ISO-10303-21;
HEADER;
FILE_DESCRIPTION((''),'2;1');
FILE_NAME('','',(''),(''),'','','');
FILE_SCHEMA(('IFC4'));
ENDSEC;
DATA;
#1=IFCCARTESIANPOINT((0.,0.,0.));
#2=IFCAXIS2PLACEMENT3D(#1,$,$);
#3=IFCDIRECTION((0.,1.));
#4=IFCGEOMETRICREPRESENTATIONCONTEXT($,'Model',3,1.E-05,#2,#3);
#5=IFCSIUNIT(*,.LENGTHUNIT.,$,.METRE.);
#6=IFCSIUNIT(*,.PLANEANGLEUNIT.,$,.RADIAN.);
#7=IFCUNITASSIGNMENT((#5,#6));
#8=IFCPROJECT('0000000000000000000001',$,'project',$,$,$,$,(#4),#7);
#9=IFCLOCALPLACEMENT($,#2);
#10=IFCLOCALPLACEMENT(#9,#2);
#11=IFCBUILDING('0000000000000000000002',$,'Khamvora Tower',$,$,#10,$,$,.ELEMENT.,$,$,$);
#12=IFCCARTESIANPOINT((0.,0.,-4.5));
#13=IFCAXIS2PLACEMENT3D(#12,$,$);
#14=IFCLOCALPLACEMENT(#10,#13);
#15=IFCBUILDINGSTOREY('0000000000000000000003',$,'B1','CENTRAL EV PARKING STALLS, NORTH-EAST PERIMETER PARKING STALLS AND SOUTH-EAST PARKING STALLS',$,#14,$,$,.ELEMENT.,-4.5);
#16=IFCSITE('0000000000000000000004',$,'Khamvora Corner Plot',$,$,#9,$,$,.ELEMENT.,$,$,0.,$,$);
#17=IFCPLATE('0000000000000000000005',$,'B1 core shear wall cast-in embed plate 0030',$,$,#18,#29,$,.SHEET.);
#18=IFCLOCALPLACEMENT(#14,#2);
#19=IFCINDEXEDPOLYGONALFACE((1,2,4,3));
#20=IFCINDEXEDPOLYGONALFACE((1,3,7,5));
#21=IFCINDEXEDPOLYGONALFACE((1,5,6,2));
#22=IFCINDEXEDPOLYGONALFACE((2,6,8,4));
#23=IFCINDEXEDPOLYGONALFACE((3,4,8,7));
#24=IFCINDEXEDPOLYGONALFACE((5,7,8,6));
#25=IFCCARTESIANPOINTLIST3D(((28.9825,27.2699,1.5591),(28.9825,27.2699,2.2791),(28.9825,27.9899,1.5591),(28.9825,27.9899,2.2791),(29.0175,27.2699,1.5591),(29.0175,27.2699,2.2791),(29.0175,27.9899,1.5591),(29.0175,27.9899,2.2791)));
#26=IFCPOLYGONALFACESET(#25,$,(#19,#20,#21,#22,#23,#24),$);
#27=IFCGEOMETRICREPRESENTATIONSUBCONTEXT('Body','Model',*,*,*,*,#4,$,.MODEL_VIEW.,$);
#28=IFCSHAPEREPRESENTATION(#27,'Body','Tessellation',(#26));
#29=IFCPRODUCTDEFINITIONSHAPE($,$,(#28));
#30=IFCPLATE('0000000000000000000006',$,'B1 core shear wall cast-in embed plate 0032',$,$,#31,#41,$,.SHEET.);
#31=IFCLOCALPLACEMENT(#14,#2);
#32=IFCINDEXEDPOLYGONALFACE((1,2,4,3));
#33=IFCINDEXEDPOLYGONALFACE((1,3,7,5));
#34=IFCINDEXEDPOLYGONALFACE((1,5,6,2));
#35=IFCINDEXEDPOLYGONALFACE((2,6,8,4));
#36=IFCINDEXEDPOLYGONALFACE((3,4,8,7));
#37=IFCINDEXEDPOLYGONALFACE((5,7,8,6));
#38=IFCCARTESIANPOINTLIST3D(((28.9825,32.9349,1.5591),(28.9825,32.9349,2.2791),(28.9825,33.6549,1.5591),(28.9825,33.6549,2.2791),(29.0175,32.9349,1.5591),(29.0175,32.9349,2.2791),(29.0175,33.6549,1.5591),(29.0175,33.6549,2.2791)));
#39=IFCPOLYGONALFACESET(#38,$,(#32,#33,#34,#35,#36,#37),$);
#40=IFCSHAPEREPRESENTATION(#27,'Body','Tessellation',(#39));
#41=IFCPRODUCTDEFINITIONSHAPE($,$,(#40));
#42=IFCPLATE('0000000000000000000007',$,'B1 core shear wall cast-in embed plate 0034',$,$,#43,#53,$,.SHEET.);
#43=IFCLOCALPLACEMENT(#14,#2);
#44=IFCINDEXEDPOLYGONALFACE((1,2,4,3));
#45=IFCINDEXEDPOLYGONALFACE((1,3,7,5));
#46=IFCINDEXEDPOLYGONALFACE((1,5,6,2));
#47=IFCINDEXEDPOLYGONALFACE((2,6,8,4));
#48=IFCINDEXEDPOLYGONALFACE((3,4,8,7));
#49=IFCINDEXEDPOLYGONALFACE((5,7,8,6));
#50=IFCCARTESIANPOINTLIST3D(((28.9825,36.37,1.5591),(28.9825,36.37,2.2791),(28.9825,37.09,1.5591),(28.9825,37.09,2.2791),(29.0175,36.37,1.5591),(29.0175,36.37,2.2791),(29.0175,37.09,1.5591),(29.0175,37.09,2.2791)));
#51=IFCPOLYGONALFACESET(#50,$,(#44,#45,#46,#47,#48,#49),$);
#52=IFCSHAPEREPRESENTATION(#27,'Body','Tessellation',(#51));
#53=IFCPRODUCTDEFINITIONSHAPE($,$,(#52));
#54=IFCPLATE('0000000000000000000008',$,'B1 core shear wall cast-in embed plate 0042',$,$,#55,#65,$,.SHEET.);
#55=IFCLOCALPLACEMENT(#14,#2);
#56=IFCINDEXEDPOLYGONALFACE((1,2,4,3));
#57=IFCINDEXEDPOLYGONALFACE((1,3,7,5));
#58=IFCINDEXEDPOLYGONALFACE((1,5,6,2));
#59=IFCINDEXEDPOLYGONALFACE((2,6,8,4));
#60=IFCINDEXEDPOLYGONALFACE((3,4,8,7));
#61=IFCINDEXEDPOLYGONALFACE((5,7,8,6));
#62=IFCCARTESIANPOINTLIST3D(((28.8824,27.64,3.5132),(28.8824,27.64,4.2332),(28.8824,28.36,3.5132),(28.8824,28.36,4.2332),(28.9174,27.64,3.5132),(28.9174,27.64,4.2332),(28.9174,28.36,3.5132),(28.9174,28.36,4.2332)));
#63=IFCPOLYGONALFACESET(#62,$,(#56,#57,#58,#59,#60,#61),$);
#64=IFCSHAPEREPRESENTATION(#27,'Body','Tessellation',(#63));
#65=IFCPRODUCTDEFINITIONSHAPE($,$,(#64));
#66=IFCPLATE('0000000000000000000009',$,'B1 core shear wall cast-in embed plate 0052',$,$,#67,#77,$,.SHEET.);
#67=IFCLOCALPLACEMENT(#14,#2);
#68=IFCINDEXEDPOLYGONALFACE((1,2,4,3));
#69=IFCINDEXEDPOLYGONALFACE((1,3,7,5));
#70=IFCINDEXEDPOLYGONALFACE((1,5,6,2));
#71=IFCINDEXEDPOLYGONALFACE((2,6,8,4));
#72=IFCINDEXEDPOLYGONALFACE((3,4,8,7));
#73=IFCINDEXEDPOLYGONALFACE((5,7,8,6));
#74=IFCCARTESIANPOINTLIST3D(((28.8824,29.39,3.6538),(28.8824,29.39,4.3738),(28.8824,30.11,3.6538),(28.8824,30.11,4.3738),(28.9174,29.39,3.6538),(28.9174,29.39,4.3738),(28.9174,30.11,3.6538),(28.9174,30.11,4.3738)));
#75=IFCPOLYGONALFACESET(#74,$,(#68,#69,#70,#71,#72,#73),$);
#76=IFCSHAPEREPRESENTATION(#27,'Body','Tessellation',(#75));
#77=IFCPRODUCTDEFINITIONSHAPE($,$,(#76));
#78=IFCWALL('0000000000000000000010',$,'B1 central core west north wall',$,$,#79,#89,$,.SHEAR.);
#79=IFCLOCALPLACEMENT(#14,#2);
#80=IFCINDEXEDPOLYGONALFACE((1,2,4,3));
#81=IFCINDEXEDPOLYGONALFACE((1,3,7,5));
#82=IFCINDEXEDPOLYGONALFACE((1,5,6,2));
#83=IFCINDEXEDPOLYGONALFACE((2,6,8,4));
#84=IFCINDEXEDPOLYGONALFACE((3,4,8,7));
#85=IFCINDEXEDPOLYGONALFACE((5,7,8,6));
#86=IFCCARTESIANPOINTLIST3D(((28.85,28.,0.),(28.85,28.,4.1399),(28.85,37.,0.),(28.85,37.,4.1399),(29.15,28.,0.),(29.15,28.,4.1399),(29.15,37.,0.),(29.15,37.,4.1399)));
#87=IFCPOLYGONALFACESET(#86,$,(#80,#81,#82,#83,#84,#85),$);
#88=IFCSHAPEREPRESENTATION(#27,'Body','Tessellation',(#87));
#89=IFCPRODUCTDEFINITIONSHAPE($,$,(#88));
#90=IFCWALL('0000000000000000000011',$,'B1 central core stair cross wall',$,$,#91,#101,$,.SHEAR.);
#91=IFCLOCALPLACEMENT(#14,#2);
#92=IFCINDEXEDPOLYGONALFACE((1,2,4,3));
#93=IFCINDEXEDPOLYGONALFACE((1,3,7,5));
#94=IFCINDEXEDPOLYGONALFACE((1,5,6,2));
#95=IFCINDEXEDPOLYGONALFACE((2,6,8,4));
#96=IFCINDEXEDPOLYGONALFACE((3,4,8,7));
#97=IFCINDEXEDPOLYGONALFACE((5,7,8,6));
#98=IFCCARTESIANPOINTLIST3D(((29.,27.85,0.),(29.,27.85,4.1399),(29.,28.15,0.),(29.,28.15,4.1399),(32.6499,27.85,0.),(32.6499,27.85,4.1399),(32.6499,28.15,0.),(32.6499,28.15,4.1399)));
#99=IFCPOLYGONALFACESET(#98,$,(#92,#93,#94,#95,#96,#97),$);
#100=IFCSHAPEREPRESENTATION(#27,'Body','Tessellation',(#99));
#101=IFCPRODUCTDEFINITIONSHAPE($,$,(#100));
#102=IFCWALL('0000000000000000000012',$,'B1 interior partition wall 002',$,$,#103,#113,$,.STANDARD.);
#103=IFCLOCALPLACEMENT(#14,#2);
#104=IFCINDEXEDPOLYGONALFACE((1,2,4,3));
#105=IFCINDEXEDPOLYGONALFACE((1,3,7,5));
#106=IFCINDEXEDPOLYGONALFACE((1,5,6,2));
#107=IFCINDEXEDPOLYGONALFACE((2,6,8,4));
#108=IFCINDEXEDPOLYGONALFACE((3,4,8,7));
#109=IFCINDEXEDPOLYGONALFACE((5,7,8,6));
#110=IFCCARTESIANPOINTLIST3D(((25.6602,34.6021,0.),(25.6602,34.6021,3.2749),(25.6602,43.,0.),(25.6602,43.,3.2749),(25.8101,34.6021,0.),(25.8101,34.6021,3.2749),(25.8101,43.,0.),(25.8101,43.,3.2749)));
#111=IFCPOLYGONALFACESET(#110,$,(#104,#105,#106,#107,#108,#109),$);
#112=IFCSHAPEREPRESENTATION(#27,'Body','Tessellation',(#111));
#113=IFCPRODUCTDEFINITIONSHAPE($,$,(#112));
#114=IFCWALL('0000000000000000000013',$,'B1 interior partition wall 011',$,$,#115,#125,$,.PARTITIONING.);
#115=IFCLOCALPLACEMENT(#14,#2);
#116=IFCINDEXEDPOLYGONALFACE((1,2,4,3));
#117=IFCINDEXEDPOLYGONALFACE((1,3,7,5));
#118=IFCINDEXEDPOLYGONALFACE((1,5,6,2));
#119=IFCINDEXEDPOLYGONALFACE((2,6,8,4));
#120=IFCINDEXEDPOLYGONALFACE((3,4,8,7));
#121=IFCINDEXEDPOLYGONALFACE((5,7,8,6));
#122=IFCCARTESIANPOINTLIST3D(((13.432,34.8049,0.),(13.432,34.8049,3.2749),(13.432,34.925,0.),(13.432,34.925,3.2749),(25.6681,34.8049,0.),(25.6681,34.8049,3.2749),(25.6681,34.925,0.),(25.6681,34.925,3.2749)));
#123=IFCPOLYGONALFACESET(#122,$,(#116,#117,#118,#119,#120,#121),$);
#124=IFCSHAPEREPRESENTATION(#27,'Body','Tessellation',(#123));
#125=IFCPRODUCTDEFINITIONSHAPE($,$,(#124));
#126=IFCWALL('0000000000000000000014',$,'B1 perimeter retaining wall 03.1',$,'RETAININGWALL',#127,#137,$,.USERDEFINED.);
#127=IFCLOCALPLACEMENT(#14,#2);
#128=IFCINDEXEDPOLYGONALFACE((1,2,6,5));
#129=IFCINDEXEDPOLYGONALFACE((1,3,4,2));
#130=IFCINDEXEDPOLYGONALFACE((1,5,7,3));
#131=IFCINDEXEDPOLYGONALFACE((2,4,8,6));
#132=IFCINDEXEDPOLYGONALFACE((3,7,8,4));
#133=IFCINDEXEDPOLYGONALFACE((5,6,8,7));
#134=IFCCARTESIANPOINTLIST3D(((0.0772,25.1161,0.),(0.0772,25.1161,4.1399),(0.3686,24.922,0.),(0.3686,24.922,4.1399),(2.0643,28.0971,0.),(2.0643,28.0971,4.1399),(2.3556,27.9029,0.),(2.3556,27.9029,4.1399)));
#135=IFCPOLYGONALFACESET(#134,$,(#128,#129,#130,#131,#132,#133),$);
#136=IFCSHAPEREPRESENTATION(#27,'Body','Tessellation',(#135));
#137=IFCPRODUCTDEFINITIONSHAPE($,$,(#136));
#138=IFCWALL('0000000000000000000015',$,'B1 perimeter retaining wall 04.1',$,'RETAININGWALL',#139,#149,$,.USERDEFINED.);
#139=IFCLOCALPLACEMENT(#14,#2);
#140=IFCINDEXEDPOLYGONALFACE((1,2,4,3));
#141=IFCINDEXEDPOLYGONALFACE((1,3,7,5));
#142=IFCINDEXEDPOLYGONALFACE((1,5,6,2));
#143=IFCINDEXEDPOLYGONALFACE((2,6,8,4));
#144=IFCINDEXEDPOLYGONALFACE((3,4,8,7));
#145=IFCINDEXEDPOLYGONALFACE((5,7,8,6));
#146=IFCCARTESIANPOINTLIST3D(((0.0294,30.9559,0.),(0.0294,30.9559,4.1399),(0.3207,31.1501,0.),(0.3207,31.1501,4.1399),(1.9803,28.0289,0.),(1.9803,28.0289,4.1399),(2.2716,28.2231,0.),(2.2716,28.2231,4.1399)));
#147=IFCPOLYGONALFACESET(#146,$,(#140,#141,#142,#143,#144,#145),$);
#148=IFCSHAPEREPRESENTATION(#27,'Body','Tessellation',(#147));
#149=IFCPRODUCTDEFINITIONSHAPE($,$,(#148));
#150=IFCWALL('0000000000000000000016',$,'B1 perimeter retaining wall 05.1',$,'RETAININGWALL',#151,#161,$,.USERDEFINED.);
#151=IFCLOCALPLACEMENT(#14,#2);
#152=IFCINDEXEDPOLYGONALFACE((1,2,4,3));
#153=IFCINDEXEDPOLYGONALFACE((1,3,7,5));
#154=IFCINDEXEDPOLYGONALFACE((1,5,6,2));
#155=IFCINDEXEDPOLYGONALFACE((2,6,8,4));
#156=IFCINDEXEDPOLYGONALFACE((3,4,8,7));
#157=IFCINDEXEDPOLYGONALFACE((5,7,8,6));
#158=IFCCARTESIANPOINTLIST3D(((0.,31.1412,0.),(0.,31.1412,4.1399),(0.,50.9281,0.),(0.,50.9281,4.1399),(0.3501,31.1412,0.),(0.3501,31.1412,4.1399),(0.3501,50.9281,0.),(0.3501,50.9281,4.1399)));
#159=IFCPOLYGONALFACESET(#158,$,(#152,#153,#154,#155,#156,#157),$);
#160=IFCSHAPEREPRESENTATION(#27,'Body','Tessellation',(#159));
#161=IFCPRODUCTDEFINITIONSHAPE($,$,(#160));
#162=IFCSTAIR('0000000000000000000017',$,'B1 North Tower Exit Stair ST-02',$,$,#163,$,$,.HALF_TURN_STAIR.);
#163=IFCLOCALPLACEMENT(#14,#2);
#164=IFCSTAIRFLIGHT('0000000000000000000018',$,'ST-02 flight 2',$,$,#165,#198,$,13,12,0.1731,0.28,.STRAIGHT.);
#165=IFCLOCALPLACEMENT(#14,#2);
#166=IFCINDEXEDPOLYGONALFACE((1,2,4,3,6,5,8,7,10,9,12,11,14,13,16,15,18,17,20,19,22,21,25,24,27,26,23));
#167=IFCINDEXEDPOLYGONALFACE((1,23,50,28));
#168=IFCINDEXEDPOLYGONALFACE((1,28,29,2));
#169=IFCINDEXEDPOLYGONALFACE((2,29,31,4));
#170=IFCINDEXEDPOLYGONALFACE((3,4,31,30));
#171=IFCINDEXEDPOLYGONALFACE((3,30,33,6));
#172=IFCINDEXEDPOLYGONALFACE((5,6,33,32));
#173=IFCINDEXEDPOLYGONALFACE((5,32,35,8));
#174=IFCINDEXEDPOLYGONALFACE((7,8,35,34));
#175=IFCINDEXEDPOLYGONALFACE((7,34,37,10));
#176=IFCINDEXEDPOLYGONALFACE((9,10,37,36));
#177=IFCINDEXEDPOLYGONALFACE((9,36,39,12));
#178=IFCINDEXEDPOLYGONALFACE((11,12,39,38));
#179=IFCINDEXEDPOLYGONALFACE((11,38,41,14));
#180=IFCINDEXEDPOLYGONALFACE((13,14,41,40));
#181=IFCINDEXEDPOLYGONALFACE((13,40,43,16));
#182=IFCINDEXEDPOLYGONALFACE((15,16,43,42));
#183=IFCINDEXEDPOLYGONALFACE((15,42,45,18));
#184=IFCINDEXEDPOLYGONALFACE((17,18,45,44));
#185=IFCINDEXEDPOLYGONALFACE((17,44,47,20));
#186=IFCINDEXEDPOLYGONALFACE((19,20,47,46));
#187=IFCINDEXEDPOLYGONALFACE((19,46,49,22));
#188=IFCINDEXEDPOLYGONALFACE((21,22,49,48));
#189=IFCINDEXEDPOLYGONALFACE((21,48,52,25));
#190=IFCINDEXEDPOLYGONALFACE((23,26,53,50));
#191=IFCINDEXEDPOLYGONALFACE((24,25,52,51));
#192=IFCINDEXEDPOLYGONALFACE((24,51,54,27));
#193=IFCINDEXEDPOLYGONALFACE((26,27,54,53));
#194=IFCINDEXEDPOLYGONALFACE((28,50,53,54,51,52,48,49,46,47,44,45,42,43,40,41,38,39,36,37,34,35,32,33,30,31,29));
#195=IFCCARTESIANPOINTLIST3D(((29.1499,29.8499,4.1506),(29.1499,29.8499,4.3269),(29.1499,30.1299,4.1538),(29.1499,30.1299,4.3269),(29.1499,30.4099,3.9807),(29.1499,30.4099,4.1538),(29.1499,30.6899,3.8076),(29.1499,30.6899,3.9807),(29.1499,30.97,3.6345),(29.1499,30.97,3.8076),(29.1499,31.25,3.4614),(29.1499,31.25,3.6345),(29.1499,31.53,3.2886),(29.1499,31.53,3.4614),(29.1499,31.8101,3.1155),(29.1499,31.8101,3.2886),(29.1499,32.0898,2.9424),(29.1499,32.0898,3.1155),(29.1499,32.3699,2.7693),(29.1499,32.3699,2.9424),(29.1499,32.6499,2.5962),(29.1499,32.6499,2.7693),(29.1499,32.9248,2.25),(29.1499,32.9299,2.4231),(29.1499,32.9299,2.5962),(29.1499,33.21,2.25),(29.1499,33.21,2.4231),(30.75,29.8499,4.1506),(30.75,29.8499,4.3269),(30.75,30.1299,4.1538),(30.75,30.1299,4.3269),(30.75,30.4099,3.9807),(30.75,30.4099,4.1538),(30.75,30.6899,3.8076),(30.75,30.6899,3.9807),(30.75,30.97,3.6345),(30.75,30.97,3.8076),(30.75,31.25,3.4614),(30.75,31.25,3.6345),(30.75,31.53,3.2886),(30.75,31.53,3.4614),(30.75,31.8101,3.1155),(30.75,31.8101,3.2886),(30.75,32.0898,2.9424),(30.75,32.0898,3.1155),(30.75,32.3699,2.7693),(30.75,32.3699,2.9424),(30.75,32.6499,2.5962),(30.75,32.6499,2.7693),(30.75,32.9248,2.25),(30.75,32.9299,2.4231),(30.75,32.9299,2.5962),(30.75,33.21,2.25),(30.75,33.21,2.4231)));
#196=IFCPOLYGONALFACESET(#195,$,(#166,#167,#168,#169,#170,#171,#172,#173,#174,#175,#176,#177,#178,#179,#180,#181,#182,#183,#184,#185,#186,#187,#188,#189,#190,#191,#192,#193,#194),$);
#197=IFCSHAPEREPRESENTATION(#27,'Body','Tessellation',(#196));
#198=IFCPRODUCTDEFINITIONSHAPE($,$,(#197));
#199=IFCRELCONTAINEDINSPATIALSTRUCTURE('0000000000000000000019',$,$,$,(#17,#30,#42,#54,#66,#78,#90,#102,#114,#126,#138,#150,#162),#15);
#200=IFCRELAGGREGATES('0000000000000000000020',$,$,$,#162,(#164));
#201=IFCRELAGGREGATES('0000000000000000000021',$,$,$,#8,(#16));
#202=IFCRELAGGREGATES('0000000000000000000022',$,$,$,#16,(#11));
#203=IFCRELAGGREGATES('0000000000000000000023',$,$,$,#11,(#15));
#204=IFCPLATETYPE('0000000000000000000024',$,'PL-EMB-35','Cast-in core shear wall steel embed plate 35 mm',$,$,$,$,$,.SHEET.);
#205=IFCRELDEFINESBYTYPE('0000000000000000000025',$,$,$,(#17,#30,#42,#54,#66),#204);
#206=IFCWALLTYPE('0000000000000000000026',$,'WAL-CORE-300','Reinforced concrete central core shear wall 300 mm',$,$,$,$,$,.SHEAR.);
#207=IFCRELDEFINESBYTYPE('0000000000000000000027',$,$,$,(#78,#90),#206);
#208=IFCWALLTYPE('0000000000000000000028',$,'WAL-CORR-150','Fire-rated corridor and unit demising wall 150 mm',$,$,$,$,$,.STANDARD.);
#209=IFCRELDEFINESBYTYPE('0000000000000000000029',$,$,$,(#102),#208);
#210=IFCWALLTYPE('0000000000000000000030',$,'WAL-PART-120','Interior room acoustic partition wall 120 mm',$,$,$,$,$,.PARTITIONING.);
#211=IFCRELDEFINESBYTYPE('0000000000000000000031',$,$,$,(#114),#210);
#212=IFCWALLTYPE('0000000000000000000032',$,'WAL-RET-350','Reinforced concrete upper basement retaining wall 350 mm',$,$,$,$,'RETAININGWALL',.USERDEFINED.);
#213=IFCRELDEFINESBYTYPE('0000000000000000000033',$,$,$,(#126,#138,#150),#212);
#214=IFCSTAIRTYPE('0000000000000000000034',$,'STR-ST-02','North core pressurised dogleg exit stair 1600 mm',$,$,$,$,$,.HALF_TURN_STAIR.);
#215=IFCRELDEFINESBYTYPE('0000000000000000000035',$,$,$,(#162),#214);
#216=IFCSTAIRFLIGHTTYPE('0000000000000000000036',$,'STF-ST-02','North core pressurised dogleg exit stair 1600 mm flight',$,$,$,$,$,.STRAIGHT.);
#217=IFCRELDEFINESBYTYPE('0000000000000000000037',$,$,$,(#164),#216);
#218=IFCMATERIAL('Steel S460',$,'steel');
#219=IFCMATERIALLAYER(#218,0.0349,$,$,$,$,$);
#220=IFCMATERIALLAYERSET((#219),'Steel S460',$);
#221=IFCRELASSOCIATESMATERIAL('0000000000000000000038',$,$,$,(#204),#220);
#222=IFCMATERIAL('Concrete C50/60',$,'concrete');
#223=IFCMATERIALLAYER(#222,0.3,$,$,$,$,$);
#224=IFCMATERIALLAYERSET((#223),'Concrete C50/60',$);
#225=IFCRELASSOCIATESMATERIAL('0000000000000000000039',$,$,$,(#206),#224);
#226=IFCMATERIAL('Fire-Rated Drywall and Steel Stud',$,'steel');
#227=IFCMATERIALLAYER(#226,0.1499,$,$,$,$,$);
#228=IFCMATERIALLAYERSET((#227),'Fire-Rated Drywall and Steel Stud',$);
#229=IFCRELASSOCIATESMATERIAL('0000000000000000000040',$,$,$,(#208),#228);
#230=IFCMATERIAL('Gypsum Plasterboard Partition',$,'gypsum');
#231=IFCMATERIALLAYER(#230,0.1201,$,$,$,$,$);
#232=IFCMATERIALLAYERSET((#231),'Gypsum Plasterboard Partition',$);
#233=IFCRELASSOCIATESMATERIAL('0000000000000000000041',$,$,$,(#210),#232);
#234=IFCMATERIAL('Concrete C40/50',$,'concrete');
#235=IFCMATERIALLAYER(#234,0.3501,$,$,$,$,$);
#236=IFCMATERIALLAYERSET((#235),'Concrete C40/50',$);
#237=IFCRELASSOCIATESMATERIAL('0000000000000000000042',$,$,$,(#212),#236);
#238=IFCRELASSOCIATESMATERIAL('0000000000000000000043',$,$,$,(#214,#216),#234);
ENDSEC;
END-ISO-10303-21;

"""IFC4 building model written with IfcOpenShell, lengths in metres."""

from ifc_helpers import new_model, si_unit, direction, frame, frame_2d, origin, origin_2d, place, context, subcontext, project, spatial, polyline, rectangle, outline, extrude, material, layer, layer_set, type_object, element, aggregate, save


model = new_model("IFC4")

# Units and contexts
model_context = context("Model", 3, precision=1e-05, world=origin(), true_north=direction((0.0, 1.0)))
body_context = subcontext(model_context, "Body", "Model", "MODEL_VIEW")
ifc_project = project(units=[si_unit("LENGTHUNIT", "METRE"), si_unit("PLANEANGLEUNIT", "RADIAN")], contexts=[model_context])

# Site, building, storey
site_placement = place(None, origin())
site = spatial("IfcSite", under=ifc_project, at=site_placement, Name="Khamvora Corner Plot", CompositionType="ELEMENT", RefElevation=0.0)
building_placement = place(site_placement, origin())
building = spatial("IfcBuilding", under=site, at=building_placement, Name="Khamvora Tower", CompositionType="ELEMENT")
storey_placement = place(building_placement, frame((0.0, 0.0, -4.5)))
storey = spatial("IfcBuildingStorey", under=building, at=storey_placement, Name="B1", Description="CENTRAL EV PARKING STALLS, NORTH-EAST PERIMETER PARKING STALLS AND SOUTH-EAST PARKING STALLS", CompositionType="ELEMENT", Elevation=-4.5)

# Shared definitions
ifc_material_1 = material(Name="Steel S460", Category="steel")

# Plates
ifc_layer_1 = layer(ifc_material_1, 0.0349)
ifc_layer_set_1 = layer_set([ifc_layer_1], Name="Steel S460")
plate_type = type_object("IfcPlateType", Name="PL-EMB-35", Description="Cast-in core shear wall steel embed plate 35 mm", PredefinedType="SHEET", material=ifc_layer_set_1)
for number, where, z_axis, x_axis, name in (
    (1, (29.0, 27.6299, 1.5591), (0.0, 0.0, 1.0), (1.0, 0.0, 0.0), "B1 core shear wall cast-in embed plate 0030"),
    (2, (29.0, 33.2949, 1.5591), (0.0, 0.0, 1.0), (1.0, 0.0, 0.0), "B1 core shear wall cast-in embed plate 0032"),
    (3, (29.0, 36.73, 1.5591), (0.0, 0.0, 1.0), (1.0, 0.0, 0.0), "B1 core shear wall cast-in embed plate 0034"),
    (4, (28.8999, 28.0, 3.5132), (0.0, 0.0, 1.0), (1.0, 0.0, 0.0), "B1 core shear wall cast-in embed plate 0042"),
    (5, (28.8999, 29.75, 3.6538), (0.0, 0.0, 1.0), (1.0, 0.0, 0.0), "B1 core shear wall cast-in embed plate 0052"),
):
    element("IfcPlate", number, at=place(storey_placement, frame(where, z_axis=z_axis, x_axis=x_axis)), inside=storey, type_object=plate_type, Name=name, PredefinedType="SHEET", context=body_context, shape_type="SweptSolid", body=[
        extrude(rectangle(XDim=0.0349, YDim=0.72, at=origin_2d()), origin(), (0.0, 0.0, 1.0), 0.72),
    ])

# Walls
ifc_material_2 = material(Name="Concrete C50/60", Category="concrete")
ifc_layer_2 = layer(ifc_material_2, 0.3)
ifc_layer_set_2 = layer_set([ifc_layer_2], Name="Concrete C50/60")
wall_type_1 = type_object("IfcWallType", Name="WAL-CORE-300", Description="Reinforced concrete central core shear wall 300 mm", PredefinedType="SHEAR", material=ifc_layer_set_2)
wall_1_placement = place(storey_placement, frame((29.0, 28.0, 0.0), z_axis=(0.0, 0.0, 1.0), x_axis=(0.0, 1.0, 0.0)))
element("IfcWall", 6, at=wall_1_placement, inside=storey, type_object=wall_type_1, Name="B1 central core west north wall", PredefinedType="SHEAR", context=body_context, shape_type="SweptSolid", body=[
    extrude(rectangle(XDim=9.0, YDim=0.3, at=frame_2d((4.5, 0.0))), origin(), (0.0, 0.0, 1.0), 4.1399),
])
wall_2_placement = place(storey_placement, frame((29.0, 28.0, 0.0), z_axis=(0.0, 0.0, 1.0), x_axis=(1.0, 0.0, 0.0)))
element("IfcWall", 7, at=wall_2_placement, inside=storey, type_object=wall_type_1, Name="B1 central core stair cross wall", PredefinedType="SHEAR", context=body_context, shape_type="SweptSolid", body=[
    extrude(rectangle(XDim=3.6499, YDim=0.3, at=frame_2d((1.825, 0.0))), origin(), (0.0, 0.0, 1.0), 4.1399),
])
ifc_material_3 = material(Name="Fire-Rated Drywall and Steel Stud", Category="steel")
ifc_layer_3 = layer(ifc_material_3, 0.1499)
ifc_layer_set_3 = layer_set([ifc_layer_3], Name="Fire-Rated Drywall and Steel Stud")
wall_type_2 = type_object("IfcWallType", Name="WAL-CORR-150", Description="Fire-rated corridor and unit demising wall 150 mm", PredefinedType="STANDARD", material=ifc_layer_set_3)
wall_3_placement = place(storey_placement, frame((25.7351, 34.6021, 0.0), z_axis=(0.0, 0.0, 1.0), x_axis=(0.0, 1.0, 0.0)))
element("IfcWall", 8, at=wall_3_placement, inside=storey, type_object=wall_type_2, Name="B1 interior partition wall 002", PredefinedType="STANDARD", context=body_context, shape_type="SweptSolid", body=[
    extrude(rectangle(XDim=8.3979, YDim=0.1499, at=frame_2d((4.199, 0.0))), origin(), (0.0, 0.0, 1.0), 3.2749),
])
ifc_material_4 = material(Name="Gypsum Plasterboard Partition", Category="gypsum")
ifc_layer_4 = layer(ifc_material_4, 0.1201)
ifc_layer_set_4 = layer_set([ifc_layer_4], Name="Gypsum Plasterboard Partition")
wall_type_3 = type_object("IfcWallType", Name="WAL-PART-120", Description="Interior room acoustic partition wall 120 mm", PredefinedType="PARTITIONING", material=ifc_layer_set_4)
wall_4_placement = place(storey_placement, frame((13.4319, 34.865, 0.0), z_axis=(0.0, 0.0, 1.0), x_axis=(1.0, 0.0, 0.0)))
element("IfcWall", 9, at=wall_4_placement, inside=storey, type_object=wall_type_3, Name="B1 interior partition wall 011", PredefinedType="PARTITIONING", context=body_context, shape_type="SweptSolid", body=[
    extrude(rectangle(XDim=12.2361, YDim=0.1201, at=frame_2d((6.1182, 0.0))), origin(), (0.0, 0.0, 1.0), 3.2749),
])
ifc_material_5 = material(Name="Concrete C40/50", Category="concrete")
ifc_layer_5 = layer(ifc_material_5, 0.3501)
ifc_layer_set_5 = layer_set([ifc_layer_5], Name="Concrete C40/50")
wall_type_4 = type_object("IfcWallType", Name="WAL-RET-350", Description="Reinforced concrete upper basement retaining wall 350 mm", ElementType="RETAININGWALL", PredefinedType="USERDEFINED", material=ifc_layer_set_5)
wall_5_placement = place(storey_placement, frame((0.2229, 25.019, 0.0), z_axis=(0.0, 0.0, 1.0), x_axis=(0.554653, 0.832082, 0.0)))
element("IfcWall", 10, at=wall_5_placement, inside=storey, type_object=wall_type_4, Name="B1 perimeter retaining wall 03.1", ObjectType="RETAININGWALL", PredefinedType="USERDEFINED", context=body_context, shape_type="SweptSolid", body=[
    extrude(rectangle(XDim=3.5825, YDim=0.3501, at=frame_2d((1.7913, 0.0))), origin(), (0.0, 0.0, 1.0), 4.1399),
])
wall_6_placement = place(storey_placement, frame((2.126, 28.126, 0.0), z_axis=(0.0, 0.0, 1.0), x_axis=(-0.55462, 0.832104, 0.0)))
element("IfcWall", 11, at=wall_6_placement, inside=storey, type_object=wall_type_4, Name="B1 perimeter retaining wall 04.1", ObjectType="RETAININGWALL", PredefinedType="USERDEFINED", context=body_context, shape_type="SweptSolid", body=[
    extrude(rectangle(XDim=3.5176, YDim=0.3501, at=frame_2d((1.7588, 0.0))), origin(), (0.0, 0.0, 1.0), 4.1399),
])
wall_7_placement = place(storey_placement, frame((0.175, 31.1411, 0.0), z_axis=(0.0, 0.0, 1.0), x_axis=(0.0, 1.0, 0.0)))
element("IfcWall", 12, at=wall_7_placement, inside=storey, type_object=wall_type_4, Name="B1 perimeter retaining wall 05.1", ObjectType="RETAININGWALL", PredefinedType="USERDEFINED", context=body_context, shape_type="SweptSolid", body=[
    extrude(rectangle(XDim=19.7869, YDim=0.3501, at=frame_2d((9.8936, 0.0))), origin(), (0.0, 0.0, 1.0), 4.1399),
])

# Stair, stair flight
stair_type = type_object("IfcStairType", Name="STR-ST-02", Description="North core pressurised dogleg exit stair 1600 mm", PredefinedType="HALF_TURN_STAIR", material=ifc_material_5)
stair_placement = place(storey_placement, origin())
stair = element("IfcStair", 13, at=stair_placement, inside=storey, type_object=stair_type, Name="B1 North Tower Exit Stair ST-02", PredefinedType="HALF_TURN_STAIR")
stair_flight_type = type_object("IfcStairFlightType", Name="STF-ST-02", Description="North core pressurised dogleg exit stair 1600 mm flight", PredefinedType="STRAIGHT", material=ifc_material_5)
stair_flight_placement = place(storey_placement, frame((29.95, 33.21, 2.25), z_axis=(0.0, 0.0, 1.0), x_axis=(0.0, -1.0, 0.0)))
stair_flight = element("IfcStairFlight", 14, at=stair_flight_placement, type_object=stair_flight_type, Name="ST-02 flight 2", NumberOfRisers=13, NumberOfTreads=12, PredefinedType="STRAIGHT", RiserHeight=0.1731, TreadLength=0.28, context=body_context, shape_type="SweptSolid", body=[
    extrude(outline(polyline([(0.0, 0.0), (0.0, 0.1731), (0.28, 0.1731), (0.28, 0.3462), (0.5601, 0.3462), (0.5601, 0.5193), (0.8401, 0.5193), (0.8401, 0.6924), (1.1201, 0.6924), (1.1201, 0.8655), (1.3999, 0.8655), (1.3999, 1.0386), (1.6799, 1.0386), (1.6799, 1.2114), (1.96, 1.2114), (1.96, 1.3845), (2.24, 1.3845), (2.24, 1.5576), (2.52, 1.5576), (2.52, 1.7307), (2.8, 1.7307), (2.8, 1.9038), (3.0801, 1.9038), (3.0801, 2.0769), (3.3601, 2.0769), (3.3601, 2.25), (3.3601, 1.9006), (0.2852, 0.0), (0.0, 0.0)])), frame((0.0, 0.8, 0.0), z_axis=(0.0, -1.0, 0.0), x_axis=(1.0, 0.0, 0.0)), (0.0, 0.0, 1.0), 1.6001),
])
aggregate(stair, [stair_flight])

save(model, "model.ifc")
